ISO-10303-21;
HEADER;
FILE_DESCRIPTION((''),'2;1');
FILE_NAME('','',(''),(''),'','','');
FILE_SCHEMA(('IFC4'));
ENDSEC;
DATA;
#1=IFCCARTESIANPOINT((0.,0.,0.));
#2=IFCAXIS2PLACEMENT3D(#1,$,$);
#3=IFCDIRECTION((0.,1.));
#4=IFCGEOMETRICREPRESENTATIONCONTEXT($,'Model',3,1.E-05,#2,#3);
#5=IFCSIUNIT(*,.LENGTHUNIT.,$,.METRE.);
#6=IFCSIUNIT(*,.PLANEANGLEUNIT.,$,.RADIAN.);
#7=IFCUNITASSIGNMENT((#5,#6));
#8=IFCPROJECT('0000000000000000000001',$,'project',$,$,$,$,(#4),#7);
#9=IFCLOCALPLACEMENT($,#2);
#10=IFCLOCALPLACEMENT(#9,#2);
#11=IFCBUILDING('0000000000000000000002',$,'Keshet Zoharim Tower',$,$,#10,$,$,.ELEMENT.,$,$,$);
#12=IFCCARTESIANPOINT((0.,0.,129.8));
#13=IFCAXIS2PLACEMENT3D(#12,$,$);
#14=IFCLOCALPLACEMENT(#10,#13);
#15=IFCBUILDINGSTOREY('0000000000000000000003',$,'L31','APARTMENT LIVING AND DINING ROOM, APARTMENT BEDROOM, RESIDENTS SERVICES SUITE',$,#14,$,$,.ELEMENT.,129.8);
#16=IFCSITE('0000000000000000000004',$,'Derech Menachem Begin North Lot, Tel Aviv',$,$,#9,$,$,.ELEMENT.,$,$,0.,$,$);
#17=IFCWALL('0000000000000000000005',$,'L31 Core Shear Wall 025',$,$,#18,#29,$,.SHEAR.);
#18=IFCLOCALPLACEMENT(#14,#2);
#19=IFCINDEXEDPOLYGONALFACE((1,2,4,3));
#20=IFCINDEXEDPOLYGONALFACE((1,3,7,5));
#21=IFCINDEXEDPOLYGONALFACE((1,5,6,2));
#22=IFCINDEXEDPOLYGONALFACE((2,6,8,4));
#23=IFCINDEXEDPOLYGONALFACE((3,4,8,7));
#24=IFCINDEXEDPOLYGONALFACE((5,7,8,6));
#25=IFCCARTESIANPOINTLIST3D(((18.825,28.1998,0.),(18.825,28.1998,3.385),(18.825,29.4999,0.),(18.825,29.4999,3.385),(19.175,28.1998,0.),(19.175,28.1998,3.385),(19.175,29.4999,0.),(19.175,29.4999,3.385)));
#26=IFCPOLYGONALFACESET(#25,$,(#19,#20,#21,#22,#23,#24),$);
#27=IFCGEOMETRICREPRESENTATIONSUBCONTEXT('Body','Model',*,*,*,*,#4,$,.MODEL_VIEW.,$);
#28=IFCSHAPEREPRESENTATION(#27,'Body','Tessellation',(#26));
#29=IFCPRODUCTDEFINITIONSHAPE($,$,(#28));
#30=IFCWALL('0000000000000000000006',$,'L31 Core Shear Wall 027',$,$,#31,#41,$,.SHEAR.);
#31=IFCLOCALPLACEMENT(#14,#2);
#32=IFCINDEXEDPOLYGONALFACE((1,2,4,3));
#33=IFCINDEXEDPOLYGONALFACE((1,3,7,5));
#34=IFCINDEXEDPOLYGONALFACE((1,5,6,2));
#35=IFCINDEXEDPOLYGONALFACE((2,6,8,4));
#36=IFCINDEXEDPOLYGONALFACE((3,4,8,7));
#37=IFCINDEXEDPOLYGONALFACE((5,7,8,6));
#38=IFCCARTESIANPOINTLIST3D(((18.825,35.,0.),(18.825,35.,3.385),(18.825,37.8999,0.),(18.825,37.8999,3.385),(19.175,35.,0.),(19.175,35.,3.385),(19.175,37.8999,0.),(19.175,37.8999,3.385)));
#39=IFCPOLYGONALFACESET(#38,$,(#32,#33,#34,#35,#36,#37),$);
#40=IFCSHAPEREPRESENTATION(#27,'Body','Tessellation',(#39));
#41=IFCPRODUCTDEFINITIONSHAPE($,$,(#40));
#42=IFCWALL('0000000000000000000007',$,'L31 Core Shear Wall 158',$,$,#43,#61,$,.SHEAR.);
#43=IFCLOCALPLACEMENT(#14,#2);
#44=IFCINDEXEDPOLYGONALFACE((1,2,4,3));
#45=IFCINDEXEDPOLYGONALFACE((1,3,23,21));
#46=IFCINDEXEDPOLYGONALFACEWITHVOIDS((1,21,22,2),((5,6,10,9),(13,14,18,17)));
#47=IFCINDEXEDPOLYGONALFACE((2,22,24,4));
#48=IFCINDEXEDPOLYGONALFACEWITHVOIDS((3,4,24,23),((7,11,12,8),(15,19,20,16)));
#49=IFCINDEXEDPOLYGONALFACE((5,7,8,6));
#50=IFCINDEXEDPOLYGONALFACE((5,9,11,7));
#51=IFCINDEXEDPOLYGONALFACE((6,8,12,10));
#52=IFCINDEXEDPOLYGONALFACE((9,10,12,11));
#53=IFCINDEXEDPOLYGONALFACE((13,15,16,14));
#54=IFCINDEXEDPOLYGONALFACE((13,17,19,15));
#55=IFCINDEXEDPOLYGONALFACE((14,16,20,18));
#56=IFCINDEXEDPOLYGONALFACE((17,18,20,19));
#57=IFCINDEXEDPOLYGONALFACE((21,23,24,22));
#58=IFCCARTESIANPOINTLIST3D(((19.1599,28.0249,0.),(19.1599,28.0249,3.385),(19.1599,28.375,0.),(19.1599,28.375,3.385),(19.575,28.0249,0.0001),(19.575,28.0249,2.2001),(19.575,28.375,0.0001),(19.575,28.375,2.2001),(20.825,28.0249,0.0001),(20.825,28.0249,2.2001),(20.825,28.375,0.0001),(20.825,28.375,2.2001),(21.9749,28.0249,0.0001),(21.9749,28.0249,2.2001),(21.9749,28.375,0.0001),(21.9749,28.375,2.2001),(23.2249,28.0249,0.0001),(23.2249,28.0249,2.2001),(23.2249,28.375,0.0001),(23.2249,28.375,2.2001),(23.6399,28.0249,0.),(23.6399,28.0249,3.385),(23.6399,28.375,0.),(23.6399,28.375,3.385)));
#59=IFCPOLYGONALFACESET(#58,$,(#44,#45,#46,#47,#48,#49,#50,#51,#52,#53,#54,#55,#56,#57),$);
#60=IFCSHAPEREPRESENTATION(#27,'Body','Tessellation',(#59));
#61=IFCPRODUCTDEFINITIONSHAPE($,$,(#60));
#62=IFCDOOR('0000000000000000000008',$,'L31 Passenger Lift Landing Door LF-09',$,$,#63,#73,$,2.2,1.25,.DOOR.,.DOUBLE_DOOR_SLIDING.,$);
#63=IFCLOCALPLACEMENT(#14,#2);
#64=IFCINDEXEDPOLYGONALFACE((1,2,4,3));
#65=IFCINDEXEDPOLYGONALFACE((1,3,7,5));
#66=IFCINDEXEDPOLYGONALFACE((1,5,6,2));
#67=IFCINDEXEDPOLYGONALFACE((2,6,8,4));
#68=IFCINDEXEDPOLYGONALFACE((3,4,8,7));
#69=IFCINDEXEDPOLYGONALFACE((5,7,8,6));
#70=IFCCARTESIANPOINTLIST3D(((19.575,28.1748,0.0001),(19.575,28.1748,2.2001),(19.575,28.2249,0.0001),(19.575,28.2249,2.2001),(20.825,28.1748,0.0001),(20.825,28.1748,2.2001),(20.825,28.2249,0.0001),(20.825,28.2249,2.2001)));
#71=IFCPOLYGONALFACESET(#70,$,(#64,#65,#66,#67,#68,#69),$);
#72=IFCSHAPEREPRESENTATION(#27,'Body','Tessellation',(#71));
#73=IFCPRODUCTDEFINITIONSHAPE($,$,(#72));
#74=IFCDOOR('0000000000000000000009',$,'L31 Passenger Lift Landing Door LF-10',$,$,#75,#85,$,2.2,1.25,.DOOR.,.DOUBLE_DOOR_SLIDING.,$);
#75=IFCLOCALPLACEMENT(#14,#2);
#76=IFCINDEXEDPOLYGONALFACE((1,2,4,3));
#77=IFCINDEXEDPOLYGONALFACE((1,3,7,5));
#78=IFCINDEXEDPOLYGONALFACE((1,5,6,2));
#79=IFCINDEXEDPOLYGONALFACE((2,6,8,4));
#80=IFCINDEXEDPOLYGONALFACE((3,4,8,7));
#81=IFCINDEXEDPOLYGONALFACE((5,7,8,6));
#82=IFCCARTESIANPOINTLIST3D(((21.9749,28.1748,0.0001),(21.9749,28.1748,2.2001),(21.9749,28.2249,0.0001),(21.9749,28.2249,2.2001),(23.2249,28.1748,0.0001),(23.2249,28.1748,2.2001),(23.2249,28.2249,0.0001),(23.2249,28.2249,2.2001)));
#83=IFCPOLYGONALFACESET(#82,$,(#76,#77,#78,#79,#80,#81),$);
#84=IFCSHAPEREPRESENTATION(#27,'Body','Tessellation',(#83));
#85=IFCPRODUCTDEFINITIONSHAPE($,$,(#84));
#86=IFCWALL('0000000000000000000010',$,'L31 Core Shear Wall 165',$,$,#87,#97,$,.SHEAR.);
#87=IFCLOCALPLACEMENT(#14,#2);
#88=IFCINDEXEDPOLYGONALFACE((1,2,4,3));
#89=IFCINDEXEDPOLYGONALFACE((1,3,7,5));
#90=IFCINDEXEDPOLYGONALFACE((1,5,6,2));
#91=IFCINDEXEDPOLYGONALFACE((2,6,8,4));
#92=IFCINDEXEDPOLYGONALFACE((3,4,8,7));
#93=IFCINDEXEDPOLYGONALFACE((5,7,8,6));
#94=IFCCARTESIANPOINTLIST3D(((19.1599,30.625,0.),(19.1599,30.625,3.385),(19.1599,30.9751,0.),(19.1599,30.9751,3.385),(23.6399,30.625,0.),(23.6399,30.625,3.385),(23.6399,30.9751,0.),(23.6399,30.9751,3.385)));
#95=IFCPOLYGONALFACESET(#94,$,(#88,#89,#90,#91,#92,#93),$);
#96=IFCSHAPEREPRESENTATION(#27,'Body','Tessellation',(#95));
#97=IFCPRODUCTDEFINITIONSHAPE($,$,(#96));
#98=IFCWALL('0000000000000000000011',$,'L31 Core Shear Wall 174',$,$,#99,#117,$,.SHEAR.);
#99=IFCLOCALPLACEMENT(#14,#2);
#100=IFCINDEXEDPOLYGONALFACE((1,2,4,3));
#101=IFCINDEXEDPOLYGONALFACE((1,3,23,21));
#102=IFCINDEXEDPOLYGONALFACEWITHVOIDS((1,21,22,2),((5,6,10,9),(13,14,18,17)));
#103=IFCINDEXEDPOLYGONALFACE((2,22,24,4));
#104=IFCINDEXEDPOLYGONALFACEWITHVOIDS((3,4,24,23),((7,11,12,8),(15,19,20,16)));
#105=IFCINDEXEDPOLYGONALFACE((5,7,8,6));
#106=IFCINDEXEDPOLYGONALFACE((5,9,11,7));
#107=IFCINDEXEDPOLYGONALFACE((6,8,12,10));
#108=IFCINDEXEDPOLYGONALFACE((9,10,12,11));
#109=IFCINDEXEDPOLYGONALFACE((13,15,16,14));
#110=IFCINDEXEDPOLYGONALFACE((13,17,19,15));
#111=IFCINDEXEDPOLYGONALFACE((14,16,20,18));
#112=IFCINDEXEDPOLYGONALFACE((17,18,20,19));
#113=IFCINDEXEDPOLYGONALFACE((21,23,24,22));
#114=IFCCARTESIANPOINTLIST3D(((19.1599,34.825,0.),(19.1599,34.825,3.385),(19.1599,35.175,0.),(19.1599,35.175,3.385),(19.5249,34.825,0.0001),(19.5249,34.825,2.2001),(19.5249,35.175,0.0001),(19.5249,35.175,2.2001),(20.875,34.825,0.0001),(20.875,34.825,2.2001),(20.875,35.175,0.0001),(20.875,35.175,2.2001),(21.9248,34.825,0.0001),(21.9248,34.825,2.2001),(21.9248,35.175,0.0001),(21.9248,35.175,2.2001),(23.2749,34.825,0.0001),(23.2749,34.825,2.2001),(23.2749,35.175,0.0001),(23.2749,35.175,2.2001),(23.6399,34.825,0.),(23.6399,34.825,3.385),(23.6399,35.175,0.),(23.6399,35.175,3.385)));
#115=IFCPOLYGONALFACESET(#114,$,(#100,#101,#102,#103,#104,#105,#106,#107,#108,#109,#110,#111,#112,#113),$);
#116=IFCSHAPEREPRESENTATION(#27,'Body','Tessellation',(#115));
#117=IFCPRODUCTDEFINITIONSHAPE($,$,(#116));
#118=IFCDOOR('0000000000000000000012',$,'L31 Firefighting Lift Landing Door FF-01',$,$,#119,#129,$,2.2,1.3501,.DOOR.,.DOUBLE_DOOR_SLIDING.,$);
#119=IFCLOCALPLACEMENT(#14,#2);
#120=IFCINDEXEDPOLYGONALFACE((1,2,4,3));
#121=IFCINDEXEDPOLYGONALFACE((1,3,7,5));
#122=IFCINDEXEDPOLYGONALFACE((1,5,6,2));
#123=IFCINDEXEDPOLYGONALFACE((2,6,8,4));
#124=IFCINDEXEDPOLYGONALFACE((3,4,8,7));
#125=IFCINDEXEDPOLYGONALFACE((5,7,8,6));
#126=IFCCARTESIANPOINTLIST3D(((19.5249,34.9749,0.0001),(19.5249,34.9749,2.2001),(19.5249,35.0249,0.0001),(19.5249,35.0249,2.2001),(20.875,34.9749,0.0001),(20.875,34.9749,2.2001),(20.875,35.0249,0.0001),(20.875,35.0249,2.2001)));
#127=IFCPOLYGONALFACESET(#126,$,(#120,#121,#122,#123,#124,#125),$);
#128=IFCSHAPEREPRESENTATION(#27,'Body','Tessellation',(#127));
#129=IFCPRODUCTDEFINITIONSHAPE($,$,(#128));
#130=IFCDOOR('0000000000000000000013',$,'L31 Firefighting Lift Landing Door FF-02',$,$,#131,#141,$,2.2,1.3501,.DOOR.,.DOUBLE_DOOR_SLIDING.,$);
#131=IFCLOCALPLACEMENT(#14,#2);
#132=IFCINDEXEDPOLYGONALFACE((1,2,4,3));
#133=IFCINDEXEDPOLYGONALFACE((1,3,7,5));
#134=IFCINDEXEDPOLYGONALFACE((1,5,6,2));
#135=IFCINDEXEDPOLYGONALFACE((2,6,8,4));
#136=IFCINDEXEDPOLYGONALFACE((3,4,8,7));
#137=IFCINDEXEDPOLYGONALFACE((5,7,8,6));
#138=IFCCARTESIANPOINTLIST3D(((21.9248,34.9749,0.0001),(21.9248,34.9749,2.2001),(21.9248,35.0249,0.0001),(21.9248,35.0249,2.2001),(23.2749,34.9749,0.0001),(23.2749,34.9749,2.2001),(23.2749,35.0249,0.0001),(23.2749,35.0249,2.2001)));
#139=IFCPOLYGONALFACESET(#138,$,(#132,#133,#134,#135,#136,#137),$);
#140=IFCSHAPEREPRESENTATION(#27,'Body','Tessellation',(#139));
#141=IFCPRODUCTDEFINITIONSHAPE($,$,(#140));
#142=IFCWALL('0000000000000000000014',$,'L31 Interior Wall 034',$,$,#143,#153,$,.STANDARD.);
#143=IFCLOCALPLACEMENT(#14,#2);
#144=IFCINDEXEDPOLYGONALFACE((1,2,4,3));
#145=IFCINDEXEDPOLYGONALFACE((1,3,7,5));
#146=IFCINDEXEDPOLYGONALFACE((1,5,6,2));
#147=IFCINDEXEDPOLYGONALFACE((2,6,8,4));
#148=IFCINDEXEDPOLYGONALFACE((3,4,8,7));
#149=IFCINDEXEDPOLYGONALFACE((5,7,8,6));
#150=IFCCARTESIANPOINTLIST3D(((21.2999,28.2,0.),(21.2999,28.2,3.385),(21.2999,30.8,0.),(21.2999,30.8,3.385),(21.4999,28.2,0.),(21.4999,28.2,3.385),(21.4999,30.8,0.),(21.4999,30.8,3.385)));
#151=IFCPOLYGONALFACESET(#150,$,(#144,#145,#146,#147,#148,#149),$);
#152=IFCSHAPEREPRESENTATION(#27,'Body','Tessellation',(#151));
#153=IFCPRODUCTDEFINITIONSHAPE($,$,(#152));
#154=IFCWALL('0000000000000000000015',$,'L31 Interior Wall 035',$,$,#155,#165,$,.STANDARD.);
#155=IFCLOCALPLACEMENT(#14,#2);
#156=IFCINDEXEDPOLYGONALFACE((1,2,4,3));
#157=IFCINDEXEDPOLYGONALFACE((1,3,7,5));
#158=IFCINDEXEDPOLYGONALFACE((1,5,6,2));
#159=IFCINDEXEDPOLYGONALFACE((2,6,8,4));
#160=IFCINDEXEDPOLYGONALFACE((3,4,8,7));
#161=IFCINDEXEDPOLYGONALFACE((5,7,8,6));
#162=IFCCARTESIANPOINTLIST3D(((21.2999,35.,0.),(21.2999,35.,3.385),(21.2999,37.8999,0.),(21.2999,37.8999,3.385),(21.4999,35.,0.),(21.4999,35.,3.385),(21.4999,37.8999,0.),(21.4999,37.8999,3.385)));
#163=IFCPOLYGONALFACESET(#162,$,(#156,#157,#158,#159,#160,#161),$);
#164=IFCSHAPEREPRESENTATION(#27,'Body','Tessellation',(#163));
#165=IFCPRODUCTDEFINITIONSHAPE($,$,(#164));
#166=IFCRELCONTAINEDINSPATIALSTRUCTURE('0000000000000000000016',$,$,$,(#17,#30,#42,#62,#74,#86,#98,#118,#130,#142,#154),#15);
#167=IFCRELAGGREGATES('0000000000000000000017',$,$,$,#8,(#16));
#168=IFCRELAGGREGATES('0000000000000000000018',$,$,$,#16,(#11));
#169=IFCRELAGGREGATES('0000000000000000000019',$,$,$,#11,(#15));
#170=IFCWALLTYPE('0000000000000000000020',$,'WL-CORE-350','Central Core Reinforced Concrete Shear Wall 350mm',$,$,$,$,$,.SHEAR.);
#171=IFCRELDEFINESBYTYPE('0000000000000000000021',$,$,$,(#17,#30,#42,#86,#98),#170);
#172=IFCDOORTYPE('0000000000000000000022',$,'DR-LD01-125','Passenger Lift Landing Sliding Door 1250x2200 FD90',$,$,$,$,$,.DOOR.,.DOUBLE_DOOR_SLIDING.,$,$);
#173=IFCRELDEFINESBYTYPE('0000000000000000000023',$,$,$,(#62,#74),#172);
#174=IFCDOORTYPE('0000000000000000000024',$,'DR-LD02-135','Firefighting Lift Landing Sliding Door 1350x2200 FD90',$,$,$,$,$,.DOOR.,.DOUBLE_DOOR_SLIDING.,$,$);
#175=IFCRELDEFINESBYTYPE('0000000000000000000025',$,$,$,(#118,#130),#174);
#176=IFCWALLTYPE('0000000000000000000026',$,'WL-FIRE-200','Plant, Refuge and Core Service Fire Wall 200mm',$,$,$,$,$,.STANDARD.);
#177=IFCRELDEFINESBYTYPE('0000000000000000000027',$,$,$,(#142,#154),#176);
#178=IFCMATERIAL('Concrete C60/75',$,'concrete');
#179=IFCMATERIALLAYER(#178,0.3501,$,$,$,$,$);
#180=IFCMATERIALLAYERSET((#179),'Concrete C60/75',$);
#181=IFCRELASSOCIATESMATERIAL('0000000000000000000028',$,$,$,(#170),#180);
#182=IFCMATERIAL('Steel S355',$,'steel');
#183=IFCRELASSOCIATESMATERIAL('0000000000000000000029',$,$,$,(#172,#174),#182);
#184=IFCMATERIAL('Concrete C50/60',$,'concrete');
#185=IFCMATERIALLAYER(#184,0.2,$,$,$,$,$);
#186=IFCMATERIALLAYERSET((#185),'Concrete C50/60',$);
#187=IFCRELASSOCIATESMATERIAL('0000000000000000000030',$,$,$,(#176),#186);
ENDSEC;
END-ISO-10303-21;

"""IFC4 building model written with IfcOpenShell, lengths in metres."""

from ifc_helpers import new_model, si_unit, direction, frame, frame_2d, origin, place, context, subcontext, project, spatial, rectangle, extrude, material, layer, layer_set, type_object, element, fill, save


model = new_model("IFC4")

# Units and contexts
model_context = context("Model", 3, precision=1e-05, world=origin(), true_north=direction((0.0, 1.0)))
body_context = subcontext(model_context, "Body", "Model", "MODEL_VIEW")
ifc_project = project(units=[si_unit("LENGTHUNIT", "METRE"), si_unit("PLANEANGLEUNIT", "RADIAN")], contexts=[model_context])

# Site, building, storey
site_placement = place(None, origin())
site = spatial("IfcSite", under=ifc_project, at=site_placement, Name="Derech Menachem Begin North Lot, Tel Aviv", CompositionType="ELEMENT", RefElevation=0.0)
building_placement = place(site_placement, origin())
building = spatial("IfcBuilding", under=site, at=building_placement, Name="Keshet Zoharim Tower", CompositionType="ELEMENT")
storey_placement = place(building_placement, frame((0.0, 0.0, 129.8)))
storey = spatial("IfcBuildingStorey", under=building, at=storey_placement, Name="L31", Description="APARTMENT LIVING AND DINING ROOM, APARTMENT BEDROOM, RESIDENTS SERVICES SUITE", CompositionType="ELEMENT", Elevation=129.8)

# Wall
ifc_material_1 = material(Name="Concrete C60/75", Category="concrete")
ifc_layer_1 = layer(ifc_material_1, 0.3501)
ifc_layer_set_1 = layer_set([ifc_layer_1], Name="Concrete C60/75")
wall_type_1 = type_object("IfcWallType", Name="WL-CORE-350", Description="Central Core Reinforced Concrete Shear Wall 350mm", PredefinedType="SHEAR", material=ifc_layer_set_1)
wall_1_placement = place(storey_placement, frame((19.0, 28.2, 0.0), z_axis=(0.0, 0.0, 1.0), x_axis=(0.0, 1.0, 0.0)))
element("IfcWall", 1, at=wall_1_placement, inside=storey, type_object=wall_type_1, Name="L31 Core Shear Wall 025", PredefinedType="SHEAR", context=body_context, shape_type="SweptSolid", body=[
    extrude(rectangle(XDim=1.3, YDim=0.3501, at=frame_2d((0.6499, 0.0))), origin(), (0.0, 0.0, 1.0), 3.385),
])

# Wall
wall_2_placement = place(storey_placement, frame((19.0, 35.0, 0.0), z_axis=(0.0, 0.0, 1.0), x_axis=(0.0, 1.0, 0.0)))
element("IfcWall", 2, at=wall_2_placement, inside=storey, type_object=wall_type_1, Name="L31 Core Shear Wall 027", PredefinedType="SHEAR", context=body_context, shape_type="SweptSolid", body=[
    extrude(rectangle(XDim=2.8999, YDim=0.3501, at=frame_2d((1.45, 0.0))), origin(), (0.0, 0.0, 1.0), 3.385),
])

# Wall, openings, doors
wall_3_placement = place(storey_placement, frame((19.1599, 28.2, 0.0), z_axis=(0.0, 0.0, 1.0), x_axis=(1.0, 0.0, 0.0)))
wall_3 = element("IfcWall", 3, at=wall_3_placement, inside=storey, type_object=wall_type_1, Name="L31 Core Shear Wall 158", PredefinedType="SHEAR", context=body_context, shape_type="SweptSolid", body=[
    extrude(rectangle(XDim=4.48, YDim=0.3501, at=frame_2d((2.24, 0.0))), origin(), (0.0, 0.0, 1.0), 3.385),
])
opening_1_placement = place(wall_3_placement, frame((0.415, 0.0, 0.0)))
opening_1 = element("IfcOpeningElement", 4, at=opening_1_placement, cuts=wall_3, PredefinedType="OPENING", context=body_context, shape_type="SweptSolid", body=[
    extrude(rectangle(XDim=1.25, YDim=2.2, at=frame_2d((0.625, 1.1001))), frame((0.0, 0.1851, 0.0), z_axis=(0.0, -1.0, 0.0), x_axis=(1.0, 0.0, 0.0)), (0.0, 0.0, 1.0), 0.3701),
])
opening_2_placement = place(wall_3_placement, frame((2.8149, 0.0, 0.0)))
opening_2 = element("IfcOpeningElement", 5, at=opening_2_placement, cuts=wall_3, PredefinedType="OPENING", context=body_context, shape_type="SweptSolid", body=[
    extrude(rectangle(XDim=1.25, YDim=2.2, at=frame_2d((0.625, 1.1001))), frame((0.0, 0.1851, 0.0), z_axis=(0.0, -1.0, 0.0), x_axis=(1.0, 0.0, 0.0)), (0.0, 0.0, 1.0), 0.3701),
])
ifc_material_2 = material(Name="Steel S355", Category="steel")
door_type_1 = type_object("IfcDoorType", Name="DR-LD01-125", Description="Passenger Lift Landing Sliding Door 1250x2200 FD90", OperationType="DOUBLE_DOOR_SLIDING", PredefinedType="DOOR", material=ifc_material_2)
door_1_placement = place(opening_1_placement, origin())
door_1 = element("IfcDoor", 6, at=door_1_placement, inside=storey, type_object=door_type_1, Name="L31 Passenger Lift Landing Door LF-09", OperationType="DOUBLE_DOOR_SLIDING", OverallHeight=2.2, OverallWidth=1.25, PredefinedType="DOOR", context=body_context, shape_type="SweptSolid", body=[
    extrude(rectangle(XDim=1.25, YDim=2.2, at=frame_2d((0.625, 1.1001))), frame((0.0, 0.0249, 0.0), z_axis=(0.0, -1.0, 0.0), x_axis=(1.0, 0.0, 0.0)), (0.0, 0.0, 1.0), 0.05),
])
fill(opening_1, door_1)
door_2_placement = place(opening_2_placement, origin())
door_2 = element("IfcDoor", 7, at=door_2_placement, inside=storey, type_object=door_type_1, Name="L31 Passenger Lift Landing Door LF-10", OperationType="DOUBLE_DOOR_SLIDING", OverallHeight=2.2, OverallWidth=1.25, PredefinedType="DOOR", context=body_context, shape_type="SweptSolid", body=[
    extrude(rectangle(XDim=1.25, YDim=2.2, at=frame_2d((0.625, 1.1001))), frame((0.0, 0.0249, 0.0), z_axis=(0.0, -1.0, 0.0), x_axis=(1.0, 0.0, 0.0)), (0.0, 0.0, 1.0), 0.05),
])
fill(opening_2, door_2)

# Wall
wall_4_placement = place(storey_placement, frame((19.1599, 30.8, 0.0), z_axis=(0.0, 0.0, 1.0), x_axis=(1.0, 0.0, 0.0)))
element("IfcWall", 8, at=wall_4_placement, inside=storey, type_object=wall_type_1, Name="L31 Core Shear Wall 165", PredefinedType="SHEAR", context=body_context, shape_type="SweptSolid", body=[
    extrude(rectangle(XDim=4.48, YDim=0.3501, at=frame_2d((2.24, 0.0))), origin(), (0.0, 0.0, 1.0), 3.385),
])

# Wall, openings, doors
wall_5_placement = place(storey_placement, frame((19.1599, 35.0, 0.0), z_axis=(0.0, 0.0, 1.0), x_axis=(1.0, 0.0, 0.0)))
wall_5 = element("IfcWall", 9, at=wall_5_placement, inside=storey, type_object=wall_type_1, Name="L31 Core Shear Wall 174", PredefinedType="SHEAR", context=body_context, shape_type="SweptSolid", body=[
    extrude(rectangle(XDim=4.48, YDim=0.3501, at=frame_2d((2.24, 0.0))), origin(), (0.0, 0.0, 1.0), 3.385),
])
opening_3_placement = place(wall_5_placement, frame((0.365, 0.0, 0.0)))
opening_3 = element("IfcOpeningElement", 10, at=opening_3_placement, cuts=wall_5, PredefinedType="OPENING", context=body_context, shape_type="SweptSolid", body=[
    extrude(rectangle(XDim=1.3501, YDim=2.2, at=frame_2d((0.675, 1.1001))), frame((0.0, 0.1851, 0.0), z_axis=(0.0, -1.0, 0.0), x_axis=(1.0, 0.0, 0.0)), (0.0, 0.0, 1.0), 0.3701),
])
opening_4_placement = place(wall_5_placement, frame((2.7649, 0.0, 0.0)))
opening_4 = element("IfcOpeningElement", 11, at=opening_4_placement, cuts=wall_5, PredefinedType="OPENING", context=body_context, shape_type="SweptSolid", body=[
    extrude(rectangle(XDim=1.3501, YDim=2.2, at=frame_2d((0.675, 1.1001))), frame((0.0, 0.1851, 0.0), z_axis=(0.0, -1.0, 0.0), x_axis=(1.0, 0.0, 0.0)), (0.0, 0.0, 1.0), 0.3701),
])
door_type_2 = type_object("IfcDoorType", Name="DR-LD02-135", Description="Firefighting Lift Landing Sliding Door 1350x2200 FD90", OperationType="DOUBLE_DOOR_SLIDING", PredefinedType="DOOR", material=ifc_material_2)
door_3_placement = place(opening_3_placement, origin())
door_3 = element("IfcDoor", 12, at=door_3_placement, inside=storey, type_object=door_type_2, Name="L31 Firefighting Lift Landing Door FF-01", OperationType="DOUBLE_DOOR_SLIDING", OverallHeight=2.2, OverallWidth=1.3501, PredefinedType="DOOR", context=body_context, shape_type="SweptSolid", body=[
    extrude(rectangle(XDim=1.3501, YDim=2.2, at=frame_2d((0.675, 1.1001))), frame((0.0, 0.0249, 0.0), z_axis=(0.0, -1.0, 0.0), x_axis=(1.0, 0.0, 0.0)), (0.0, 0.0, 1.0), 0.05),
])
fill(opening_3, door_3)
door_4_placement = place(opening_4_placement, origin())
door_4 = element("IfcDoor", 13, at=door_4_placement, inside=storey, type_object=door_type_2, Name="L31 Firefighting Lift Landing Door FF-02", OperationType="DOUBLE_DOOR_SLIDING", OverallHeight=2.2, OverallWidth=1.3501, PredefinedType="DOOR", context=body_context, shape_type="SweptSolid", body=[
    extrude(rectangle(XDim=1.3501, YDim=2.2, at=frame_2d((0.675, 1.1001))), frame((0.0, 0.0249, 0.0), z_axis=(0.0, -1.0, 0.0), x_axis=(1.0, 0.0, 0.0)), (0.0, 0.0, 1.0), 0.05),
])
fill(opening_4, door_4)

# Walls
ifc_material_3 = material(Name="Concrete C50/60", Category="concrete")
ifc_layer_2 = layer(ifc_material_3, 0.2)
ifc_layer_set_2 = layer_set([ifc_layer_2], Name="Concrete C50/60")
wall_type_2 = type_object("IfcWallType", Name="WL-FIRE-200", Description="Plant, Refuge and Core Service Fire Wall 200mm", PredefinedType="STANDARD", material=ifc_layer_set_2)
wall_6_placement = place(storey_placement, frame((21.3999, 28.2, 0.0), z_axis=(0.0, 0.0, 1.0), x_axis=(0.0, 1.0, 0.0)))
element("IfcWall", 14, at=wall_6_placement, inside=storey, type_object=wall_type_2, Name="L31 Interior Wall 034", PredefinedType="STANDARD", context=body_context, shape_type="SweptSolid", body=[
    extrude(rectangle(XDim=2.6001, YDim=0.2, at=frame_2d((1.3, 0.0))), origin(), (0.0, 0.0, 1.0), 3.385),
])
wall_7_placement = place(storey_placement, frame((21.3999, 35.0, 0.0), z_axis=(0.0, 0.0, 1.0), x_axis=(0.0, 1.0, 0.0)))
element("IfcWall", 15, at=wall_7_placement, inside=storey, type_object=wall_type_2, Name="L31 Interior Wall 035", PredefinedType="STANDARD", context=body_context, shape_type="SweptSolid", body=[
    extrude(rectangle(XDim=2.8999, YDim=0.2, at=frame_2d((1.45, 0.0))), origin(), (0.0, 0.0, 1.0), 3.385),
])

save(model, "model.ifc")
